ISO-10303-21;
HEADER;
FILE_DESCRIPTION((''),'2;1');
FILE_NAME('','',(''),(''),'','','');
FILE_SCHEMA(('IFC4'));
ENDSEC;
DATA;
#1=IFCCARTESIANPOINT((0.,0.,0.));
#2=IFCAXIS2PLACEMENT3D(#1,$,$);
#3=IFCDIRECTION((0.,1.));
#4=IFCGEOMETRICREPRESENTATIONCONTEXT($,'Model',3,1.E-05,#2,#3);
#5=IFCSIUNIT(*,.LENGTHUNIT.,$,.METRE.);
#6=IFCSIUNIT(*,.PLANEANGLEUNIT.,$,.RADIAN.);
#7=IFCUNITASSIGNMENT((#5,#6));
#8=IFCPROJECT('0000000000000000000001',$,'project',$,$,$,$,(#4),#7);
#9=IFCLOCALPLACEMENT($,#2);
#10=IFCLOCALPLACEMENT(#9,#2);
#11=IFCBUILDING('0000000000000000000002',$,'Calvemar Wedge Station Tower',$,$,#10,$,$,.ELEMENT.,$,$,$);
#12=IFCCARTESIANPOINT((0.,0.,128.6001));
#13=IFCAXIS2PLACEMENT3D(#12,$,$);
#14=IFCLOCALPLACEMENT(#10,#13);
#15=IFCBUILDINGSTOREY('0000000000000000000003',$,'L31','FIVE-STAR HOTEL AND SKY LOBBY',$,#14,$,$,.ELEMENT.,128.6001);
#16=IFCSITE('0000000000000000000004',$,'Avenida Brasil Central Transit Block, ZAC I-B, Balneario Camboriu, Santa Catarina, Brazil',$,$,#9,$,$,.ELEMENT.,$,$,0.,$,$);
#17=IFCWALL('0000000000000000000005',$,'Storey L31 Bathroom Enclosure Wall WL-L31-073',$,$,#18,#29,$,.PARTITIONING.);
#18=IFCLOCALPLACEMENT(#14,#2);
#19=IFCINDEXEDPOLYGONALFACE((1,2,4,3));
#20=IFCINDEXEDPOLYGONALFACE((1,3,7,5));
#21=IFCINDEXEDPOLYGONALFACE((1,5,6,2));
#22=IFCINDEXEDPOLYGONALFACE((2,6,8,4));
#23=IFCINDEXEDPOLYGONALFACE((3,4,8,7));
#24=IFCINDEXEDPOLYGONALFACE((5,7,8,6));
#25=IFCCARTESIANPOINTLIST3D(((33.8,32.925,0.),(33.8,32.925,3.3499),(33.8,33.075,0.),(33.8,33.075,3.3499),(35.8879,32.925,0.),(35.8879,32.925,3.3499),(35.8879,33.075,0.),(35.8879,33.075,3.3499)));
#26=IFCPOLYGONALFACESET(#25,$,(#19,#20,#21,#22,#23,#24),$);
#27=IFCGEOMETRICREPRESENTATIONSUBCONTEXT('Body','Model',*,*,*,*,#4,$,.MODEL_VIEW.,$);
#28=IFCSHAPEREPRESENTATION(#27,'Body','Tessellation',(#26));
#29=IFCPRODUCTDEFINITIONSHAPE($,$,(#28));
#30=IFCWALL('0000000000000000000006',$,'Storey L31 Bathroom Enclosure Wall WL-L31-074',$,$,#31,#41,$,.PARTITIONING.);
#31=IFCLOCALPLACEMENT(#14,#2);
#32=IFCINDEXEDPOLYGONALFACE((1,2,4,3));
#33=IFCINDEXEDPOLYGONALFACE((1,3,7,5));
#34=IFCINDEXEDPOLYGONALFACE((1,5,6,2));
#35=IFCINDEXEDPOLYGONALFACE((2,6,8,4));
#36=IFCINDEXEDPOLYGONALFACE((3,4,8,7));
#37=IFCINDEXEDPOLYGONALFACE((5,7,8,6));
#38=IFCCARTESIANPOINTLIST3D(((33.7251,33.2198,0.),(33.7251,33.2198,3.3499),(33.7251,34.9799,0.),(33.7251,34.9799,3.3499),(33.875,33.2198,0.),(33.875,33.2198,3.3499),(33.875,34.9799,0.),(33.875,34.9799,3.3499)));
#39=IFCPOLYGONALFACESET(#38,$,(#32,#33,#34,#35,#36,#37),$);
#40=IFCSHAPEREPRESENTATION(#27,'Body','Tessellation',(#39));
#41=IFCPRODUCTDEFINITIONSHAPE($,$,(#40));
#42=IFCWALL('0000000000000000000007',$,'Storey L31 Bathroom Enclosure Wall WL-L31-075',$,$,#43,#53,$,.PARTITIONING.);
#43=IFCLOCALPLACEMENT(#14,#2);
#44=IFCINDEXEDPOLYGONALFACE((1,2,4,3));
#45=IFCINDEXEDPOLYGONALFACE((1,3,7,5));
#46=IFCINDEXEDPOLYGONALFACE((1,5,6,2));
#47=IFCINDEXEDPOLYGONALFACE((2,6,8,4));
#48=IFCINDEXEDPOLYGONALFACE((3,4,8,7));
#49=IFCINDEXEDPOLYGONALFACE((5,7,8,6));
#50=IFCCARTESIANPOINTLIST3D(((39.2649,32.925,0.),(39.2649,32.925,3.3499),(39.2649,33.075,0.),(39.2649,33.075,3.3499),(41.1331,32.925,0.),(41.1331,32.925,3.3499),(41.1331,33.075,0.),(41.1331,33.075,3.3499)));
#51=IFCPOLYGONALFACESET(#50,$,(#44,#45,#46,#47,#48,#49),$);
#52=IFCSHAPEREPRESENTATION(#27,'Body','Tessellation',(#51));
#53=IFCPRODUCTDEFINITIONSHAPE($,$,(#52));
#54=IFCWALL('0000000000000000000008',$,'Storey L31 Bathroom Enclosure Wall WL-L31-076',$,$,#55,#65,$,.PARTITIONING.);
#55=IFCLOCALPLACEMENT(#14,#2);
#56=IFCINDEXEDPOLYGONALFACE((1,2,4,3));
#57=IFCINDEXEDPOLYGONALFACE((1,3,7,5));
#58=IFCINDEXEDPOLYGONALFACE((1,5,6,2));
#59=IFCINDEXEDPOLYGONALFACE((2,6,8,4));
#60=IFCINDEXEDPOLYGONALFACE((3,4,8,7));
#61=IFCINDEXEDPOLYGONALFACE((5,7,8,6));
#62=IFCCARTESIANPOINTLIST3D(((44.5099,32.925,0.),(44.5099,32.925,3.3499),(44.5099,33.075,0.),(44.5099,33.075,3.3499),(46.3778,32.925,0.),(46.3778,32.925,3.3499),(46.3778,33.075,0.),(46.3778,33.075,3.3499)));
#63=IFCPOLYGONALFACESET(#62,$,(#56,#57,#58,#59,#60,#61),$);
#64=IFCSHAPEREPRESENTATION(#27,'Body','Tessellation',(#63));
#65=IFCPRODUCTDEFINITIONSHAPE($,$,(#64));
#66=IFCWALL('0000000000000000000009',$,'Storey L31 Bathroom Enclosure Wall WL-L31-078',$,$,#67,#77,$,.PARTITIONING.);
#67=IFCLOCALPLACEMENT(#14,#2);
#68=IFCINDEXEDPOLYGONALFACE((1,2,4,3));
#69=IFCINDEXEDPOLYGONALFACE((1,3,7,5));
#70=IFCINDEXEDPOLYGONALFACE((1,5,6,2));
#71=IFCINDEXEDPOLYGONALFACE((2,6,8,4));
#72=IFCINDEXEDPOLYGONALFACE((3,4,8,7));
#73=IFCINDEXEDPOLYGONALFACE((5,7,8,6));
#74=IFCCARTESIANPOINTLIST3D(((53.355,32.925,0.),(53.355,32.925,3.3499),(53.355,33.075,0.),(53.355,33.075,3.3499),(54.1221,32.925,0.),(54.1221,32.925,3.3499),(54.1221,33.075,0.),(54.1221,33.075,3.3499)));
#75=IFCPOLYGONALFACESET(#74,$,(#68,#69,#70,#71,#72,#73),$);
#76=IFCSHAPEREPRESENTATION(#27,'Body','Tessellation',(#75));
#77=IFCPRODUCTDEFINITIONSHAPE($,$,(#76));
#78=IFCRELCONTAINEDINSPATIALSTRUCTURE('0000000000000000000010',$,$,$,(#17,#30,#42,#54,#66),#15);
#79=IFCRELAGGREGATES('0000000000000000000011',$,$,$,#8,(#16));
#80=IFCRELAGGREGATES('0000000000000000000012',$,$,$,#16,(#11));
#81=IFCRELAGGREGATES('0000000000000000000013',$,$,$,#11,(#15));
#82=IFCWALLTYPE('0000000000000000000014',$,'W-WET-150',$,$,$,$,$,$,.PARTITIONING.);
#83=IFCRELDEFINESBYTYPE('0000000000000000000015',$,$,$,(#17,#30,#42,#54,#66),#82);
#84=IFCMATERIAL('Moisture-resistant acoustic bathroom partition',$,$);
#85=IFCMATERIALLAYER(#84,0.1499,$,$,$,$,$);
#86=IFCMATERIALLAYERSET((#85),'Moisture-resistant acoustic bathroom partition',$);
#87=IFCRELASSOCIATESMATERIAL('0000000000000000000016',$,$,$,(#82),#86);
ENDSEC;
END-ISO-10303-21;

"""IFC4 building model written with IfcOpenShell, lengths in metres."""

from ifc_helpers import new_model, si_unit, direction, frame, frame_2d, origin, place, context, subcontext, project, spatial, rectangle, extrude, material, layer, layer_set, type_object, element, save


model = new_model("IFC4")

# Units and contexts
model_context = context("Model", 3, precision=1e-05, world=origin(), true_north=direction((0.0, 1.0)))
body_context = subcontext(model_context, "Body", "Model", "MODEL_VIEW")
ifc_project = project(units=[si_unit("LENGTHUNIT", "METRE"), si_unit("PLANEANGLEUNIT", "RADIAN")], contexts=[model_context])

# Site, building, storey
site_placement = place(None, origin())
site = spatial("IfcSite", under=ifc_project, at=site_placement, Name="Avenida Brasil Central Transit Block, ZAC I-B, Balneario Camboriu, Santa Catarina, Brazil", CompositionType="ELEMENT", RefElevation=0.0)
building_placement = place(site_placement, origin())
building = spatial("IfcBuilding", under=site, at=building_placement, Name="Calvemar Wedge Station Tower", CompositionType="ELEMENT")
storey_placement = place(building_placement, frame((0.0, 0.0, 128.6001)))
storey = spatial("IfcBuildingStorey", under=building, at=storey_placement, Name="L31", Description="FIVE-STAR HOTEL AND SKY LOBBY", CompositionType="ELEMENT", Elevation=128.6001)

# Walls
ifc_material_1 = material(Name="Moisture-resistant acoustic bathroom partition")
ifc_layer_1 = layer(ifc_material_1, 0.1499)
ifc_layer_set_1 = layer_set([ifc_layer_1], Name="Moisture-resistant acoustic bathroom partition")
wall_type_1 = type_object("IfcWallType", Name="W-WET-150", PredefinedType="PARTITIONING", material=ifc_layer_set_1)
wall_1_placement = place(storey_placement, frame((35.8879, 33.0, 0.0), z_axis=(0.0, 0.0, 1.0), x_axis=(-1.0, 0.0, 0.0)))
element("IfcWall", 1, at=wall_1_placement, inside=storey, type_object=wall_type_1, Name="Storey L31 Bathroom Enclosure Wall WL-L31-073", PredefinedType="PARTITIONING", context=body_context, shape_type="SweptSolid", body=[
    extrude(rectangle(XDim=2.0879, YDim=0.1499, at=frame_2d((1.0439, 0.0))), origin(), (0.0, 0.0, 1.0), 3.3499),
])
wall_2_placement = place(storey_placement, frame((33.8, 33.22, 0.0), z_axis=(0.0, 0.0, 1.0), x_axis=(0.0, 1.0, 0.0)))
element("IfcWall", 2, at=wall_2_placement, inside=storey, type_object=wall_type_1, Name="Storey L31 Bathroom Enclosure Wall WL-L31-074", PredefinedType="PARTITIONING", context=body_context, shape_type="SweptSolid", body=[
    extrude(rectangle(XDim=1.76, YDim=0.1499, at=frame_2d((0.8799, 0.0))), origin(), (0.0, 0.0, 1.0), 3.3499),
])
wall_3_placement = place(storey_placement, frame((41.1331, 33.0, 0.0), z_axis=(0.0, 0.0, 1.0), x_axis=(-1.0, 0.0, 0.0)))
element("IfcWall", 3, at=wall_3_placement, inside=storey, type_object=wall_type_1, Name="Storey L31 Bathroom Enclosure Wall WL-L31-075", PredefinedType="PARTITIONING", context=body_context, shape_type="SweptSolid", body=[
    extrude(rectangle(XDim=1.8682, YDim=0.1499, at=frame_2d((0.9341, 0.0))), origin(), (0.0, 0.0, 1.0), 3.3499),
])
wall_4_placement = place(storey_placement, frame((46.3779, 33.0, 0.0), z_axis=(0.0, 0.0, 1.0), x_axis=(-1.0, 0.0, 0.0)))
element("IfcWall", 4, at=wall_4_placement, inside=storey, type_object=wall_type_1, Name="Storey L31 Bathroom Enclosure Wall WL-L31-076", PredefinedType="PARTITIONING", context=body_context, shape_type="SweptSolid", body=[
    extrude(rectangle(XDim=1.8679, YDim=0.1499, at=frame_2d((0.9341, 0.0))), origin(), (0.0, 0.0, 1.0), 3.3499),
])
wall_5_placement = place(storey_placement, frame((54.1221, 33.0, 0.0), z_axis=(0.0, 0.0, 1.0), x_axis=(-1.0, 0.0, 0.0)))
element("IfcWall", 5, at=wall_5_placement, inside=storey, type_object=wall_type_1, Name="Storey L31 Bathroom Enclosure Wall WL-L31-078", PredefinedType="PARTITIONING", context=body_context, shape_type="SweptSolid", body=[
    extrude(rectangle(XDim=0.7671, YDim=0.1499, at=frame_2d((0.3835, 0.0))), origin(), (0.0, 0.0, 1.0), 3.3499),
])

save(model, "model.ifc")
